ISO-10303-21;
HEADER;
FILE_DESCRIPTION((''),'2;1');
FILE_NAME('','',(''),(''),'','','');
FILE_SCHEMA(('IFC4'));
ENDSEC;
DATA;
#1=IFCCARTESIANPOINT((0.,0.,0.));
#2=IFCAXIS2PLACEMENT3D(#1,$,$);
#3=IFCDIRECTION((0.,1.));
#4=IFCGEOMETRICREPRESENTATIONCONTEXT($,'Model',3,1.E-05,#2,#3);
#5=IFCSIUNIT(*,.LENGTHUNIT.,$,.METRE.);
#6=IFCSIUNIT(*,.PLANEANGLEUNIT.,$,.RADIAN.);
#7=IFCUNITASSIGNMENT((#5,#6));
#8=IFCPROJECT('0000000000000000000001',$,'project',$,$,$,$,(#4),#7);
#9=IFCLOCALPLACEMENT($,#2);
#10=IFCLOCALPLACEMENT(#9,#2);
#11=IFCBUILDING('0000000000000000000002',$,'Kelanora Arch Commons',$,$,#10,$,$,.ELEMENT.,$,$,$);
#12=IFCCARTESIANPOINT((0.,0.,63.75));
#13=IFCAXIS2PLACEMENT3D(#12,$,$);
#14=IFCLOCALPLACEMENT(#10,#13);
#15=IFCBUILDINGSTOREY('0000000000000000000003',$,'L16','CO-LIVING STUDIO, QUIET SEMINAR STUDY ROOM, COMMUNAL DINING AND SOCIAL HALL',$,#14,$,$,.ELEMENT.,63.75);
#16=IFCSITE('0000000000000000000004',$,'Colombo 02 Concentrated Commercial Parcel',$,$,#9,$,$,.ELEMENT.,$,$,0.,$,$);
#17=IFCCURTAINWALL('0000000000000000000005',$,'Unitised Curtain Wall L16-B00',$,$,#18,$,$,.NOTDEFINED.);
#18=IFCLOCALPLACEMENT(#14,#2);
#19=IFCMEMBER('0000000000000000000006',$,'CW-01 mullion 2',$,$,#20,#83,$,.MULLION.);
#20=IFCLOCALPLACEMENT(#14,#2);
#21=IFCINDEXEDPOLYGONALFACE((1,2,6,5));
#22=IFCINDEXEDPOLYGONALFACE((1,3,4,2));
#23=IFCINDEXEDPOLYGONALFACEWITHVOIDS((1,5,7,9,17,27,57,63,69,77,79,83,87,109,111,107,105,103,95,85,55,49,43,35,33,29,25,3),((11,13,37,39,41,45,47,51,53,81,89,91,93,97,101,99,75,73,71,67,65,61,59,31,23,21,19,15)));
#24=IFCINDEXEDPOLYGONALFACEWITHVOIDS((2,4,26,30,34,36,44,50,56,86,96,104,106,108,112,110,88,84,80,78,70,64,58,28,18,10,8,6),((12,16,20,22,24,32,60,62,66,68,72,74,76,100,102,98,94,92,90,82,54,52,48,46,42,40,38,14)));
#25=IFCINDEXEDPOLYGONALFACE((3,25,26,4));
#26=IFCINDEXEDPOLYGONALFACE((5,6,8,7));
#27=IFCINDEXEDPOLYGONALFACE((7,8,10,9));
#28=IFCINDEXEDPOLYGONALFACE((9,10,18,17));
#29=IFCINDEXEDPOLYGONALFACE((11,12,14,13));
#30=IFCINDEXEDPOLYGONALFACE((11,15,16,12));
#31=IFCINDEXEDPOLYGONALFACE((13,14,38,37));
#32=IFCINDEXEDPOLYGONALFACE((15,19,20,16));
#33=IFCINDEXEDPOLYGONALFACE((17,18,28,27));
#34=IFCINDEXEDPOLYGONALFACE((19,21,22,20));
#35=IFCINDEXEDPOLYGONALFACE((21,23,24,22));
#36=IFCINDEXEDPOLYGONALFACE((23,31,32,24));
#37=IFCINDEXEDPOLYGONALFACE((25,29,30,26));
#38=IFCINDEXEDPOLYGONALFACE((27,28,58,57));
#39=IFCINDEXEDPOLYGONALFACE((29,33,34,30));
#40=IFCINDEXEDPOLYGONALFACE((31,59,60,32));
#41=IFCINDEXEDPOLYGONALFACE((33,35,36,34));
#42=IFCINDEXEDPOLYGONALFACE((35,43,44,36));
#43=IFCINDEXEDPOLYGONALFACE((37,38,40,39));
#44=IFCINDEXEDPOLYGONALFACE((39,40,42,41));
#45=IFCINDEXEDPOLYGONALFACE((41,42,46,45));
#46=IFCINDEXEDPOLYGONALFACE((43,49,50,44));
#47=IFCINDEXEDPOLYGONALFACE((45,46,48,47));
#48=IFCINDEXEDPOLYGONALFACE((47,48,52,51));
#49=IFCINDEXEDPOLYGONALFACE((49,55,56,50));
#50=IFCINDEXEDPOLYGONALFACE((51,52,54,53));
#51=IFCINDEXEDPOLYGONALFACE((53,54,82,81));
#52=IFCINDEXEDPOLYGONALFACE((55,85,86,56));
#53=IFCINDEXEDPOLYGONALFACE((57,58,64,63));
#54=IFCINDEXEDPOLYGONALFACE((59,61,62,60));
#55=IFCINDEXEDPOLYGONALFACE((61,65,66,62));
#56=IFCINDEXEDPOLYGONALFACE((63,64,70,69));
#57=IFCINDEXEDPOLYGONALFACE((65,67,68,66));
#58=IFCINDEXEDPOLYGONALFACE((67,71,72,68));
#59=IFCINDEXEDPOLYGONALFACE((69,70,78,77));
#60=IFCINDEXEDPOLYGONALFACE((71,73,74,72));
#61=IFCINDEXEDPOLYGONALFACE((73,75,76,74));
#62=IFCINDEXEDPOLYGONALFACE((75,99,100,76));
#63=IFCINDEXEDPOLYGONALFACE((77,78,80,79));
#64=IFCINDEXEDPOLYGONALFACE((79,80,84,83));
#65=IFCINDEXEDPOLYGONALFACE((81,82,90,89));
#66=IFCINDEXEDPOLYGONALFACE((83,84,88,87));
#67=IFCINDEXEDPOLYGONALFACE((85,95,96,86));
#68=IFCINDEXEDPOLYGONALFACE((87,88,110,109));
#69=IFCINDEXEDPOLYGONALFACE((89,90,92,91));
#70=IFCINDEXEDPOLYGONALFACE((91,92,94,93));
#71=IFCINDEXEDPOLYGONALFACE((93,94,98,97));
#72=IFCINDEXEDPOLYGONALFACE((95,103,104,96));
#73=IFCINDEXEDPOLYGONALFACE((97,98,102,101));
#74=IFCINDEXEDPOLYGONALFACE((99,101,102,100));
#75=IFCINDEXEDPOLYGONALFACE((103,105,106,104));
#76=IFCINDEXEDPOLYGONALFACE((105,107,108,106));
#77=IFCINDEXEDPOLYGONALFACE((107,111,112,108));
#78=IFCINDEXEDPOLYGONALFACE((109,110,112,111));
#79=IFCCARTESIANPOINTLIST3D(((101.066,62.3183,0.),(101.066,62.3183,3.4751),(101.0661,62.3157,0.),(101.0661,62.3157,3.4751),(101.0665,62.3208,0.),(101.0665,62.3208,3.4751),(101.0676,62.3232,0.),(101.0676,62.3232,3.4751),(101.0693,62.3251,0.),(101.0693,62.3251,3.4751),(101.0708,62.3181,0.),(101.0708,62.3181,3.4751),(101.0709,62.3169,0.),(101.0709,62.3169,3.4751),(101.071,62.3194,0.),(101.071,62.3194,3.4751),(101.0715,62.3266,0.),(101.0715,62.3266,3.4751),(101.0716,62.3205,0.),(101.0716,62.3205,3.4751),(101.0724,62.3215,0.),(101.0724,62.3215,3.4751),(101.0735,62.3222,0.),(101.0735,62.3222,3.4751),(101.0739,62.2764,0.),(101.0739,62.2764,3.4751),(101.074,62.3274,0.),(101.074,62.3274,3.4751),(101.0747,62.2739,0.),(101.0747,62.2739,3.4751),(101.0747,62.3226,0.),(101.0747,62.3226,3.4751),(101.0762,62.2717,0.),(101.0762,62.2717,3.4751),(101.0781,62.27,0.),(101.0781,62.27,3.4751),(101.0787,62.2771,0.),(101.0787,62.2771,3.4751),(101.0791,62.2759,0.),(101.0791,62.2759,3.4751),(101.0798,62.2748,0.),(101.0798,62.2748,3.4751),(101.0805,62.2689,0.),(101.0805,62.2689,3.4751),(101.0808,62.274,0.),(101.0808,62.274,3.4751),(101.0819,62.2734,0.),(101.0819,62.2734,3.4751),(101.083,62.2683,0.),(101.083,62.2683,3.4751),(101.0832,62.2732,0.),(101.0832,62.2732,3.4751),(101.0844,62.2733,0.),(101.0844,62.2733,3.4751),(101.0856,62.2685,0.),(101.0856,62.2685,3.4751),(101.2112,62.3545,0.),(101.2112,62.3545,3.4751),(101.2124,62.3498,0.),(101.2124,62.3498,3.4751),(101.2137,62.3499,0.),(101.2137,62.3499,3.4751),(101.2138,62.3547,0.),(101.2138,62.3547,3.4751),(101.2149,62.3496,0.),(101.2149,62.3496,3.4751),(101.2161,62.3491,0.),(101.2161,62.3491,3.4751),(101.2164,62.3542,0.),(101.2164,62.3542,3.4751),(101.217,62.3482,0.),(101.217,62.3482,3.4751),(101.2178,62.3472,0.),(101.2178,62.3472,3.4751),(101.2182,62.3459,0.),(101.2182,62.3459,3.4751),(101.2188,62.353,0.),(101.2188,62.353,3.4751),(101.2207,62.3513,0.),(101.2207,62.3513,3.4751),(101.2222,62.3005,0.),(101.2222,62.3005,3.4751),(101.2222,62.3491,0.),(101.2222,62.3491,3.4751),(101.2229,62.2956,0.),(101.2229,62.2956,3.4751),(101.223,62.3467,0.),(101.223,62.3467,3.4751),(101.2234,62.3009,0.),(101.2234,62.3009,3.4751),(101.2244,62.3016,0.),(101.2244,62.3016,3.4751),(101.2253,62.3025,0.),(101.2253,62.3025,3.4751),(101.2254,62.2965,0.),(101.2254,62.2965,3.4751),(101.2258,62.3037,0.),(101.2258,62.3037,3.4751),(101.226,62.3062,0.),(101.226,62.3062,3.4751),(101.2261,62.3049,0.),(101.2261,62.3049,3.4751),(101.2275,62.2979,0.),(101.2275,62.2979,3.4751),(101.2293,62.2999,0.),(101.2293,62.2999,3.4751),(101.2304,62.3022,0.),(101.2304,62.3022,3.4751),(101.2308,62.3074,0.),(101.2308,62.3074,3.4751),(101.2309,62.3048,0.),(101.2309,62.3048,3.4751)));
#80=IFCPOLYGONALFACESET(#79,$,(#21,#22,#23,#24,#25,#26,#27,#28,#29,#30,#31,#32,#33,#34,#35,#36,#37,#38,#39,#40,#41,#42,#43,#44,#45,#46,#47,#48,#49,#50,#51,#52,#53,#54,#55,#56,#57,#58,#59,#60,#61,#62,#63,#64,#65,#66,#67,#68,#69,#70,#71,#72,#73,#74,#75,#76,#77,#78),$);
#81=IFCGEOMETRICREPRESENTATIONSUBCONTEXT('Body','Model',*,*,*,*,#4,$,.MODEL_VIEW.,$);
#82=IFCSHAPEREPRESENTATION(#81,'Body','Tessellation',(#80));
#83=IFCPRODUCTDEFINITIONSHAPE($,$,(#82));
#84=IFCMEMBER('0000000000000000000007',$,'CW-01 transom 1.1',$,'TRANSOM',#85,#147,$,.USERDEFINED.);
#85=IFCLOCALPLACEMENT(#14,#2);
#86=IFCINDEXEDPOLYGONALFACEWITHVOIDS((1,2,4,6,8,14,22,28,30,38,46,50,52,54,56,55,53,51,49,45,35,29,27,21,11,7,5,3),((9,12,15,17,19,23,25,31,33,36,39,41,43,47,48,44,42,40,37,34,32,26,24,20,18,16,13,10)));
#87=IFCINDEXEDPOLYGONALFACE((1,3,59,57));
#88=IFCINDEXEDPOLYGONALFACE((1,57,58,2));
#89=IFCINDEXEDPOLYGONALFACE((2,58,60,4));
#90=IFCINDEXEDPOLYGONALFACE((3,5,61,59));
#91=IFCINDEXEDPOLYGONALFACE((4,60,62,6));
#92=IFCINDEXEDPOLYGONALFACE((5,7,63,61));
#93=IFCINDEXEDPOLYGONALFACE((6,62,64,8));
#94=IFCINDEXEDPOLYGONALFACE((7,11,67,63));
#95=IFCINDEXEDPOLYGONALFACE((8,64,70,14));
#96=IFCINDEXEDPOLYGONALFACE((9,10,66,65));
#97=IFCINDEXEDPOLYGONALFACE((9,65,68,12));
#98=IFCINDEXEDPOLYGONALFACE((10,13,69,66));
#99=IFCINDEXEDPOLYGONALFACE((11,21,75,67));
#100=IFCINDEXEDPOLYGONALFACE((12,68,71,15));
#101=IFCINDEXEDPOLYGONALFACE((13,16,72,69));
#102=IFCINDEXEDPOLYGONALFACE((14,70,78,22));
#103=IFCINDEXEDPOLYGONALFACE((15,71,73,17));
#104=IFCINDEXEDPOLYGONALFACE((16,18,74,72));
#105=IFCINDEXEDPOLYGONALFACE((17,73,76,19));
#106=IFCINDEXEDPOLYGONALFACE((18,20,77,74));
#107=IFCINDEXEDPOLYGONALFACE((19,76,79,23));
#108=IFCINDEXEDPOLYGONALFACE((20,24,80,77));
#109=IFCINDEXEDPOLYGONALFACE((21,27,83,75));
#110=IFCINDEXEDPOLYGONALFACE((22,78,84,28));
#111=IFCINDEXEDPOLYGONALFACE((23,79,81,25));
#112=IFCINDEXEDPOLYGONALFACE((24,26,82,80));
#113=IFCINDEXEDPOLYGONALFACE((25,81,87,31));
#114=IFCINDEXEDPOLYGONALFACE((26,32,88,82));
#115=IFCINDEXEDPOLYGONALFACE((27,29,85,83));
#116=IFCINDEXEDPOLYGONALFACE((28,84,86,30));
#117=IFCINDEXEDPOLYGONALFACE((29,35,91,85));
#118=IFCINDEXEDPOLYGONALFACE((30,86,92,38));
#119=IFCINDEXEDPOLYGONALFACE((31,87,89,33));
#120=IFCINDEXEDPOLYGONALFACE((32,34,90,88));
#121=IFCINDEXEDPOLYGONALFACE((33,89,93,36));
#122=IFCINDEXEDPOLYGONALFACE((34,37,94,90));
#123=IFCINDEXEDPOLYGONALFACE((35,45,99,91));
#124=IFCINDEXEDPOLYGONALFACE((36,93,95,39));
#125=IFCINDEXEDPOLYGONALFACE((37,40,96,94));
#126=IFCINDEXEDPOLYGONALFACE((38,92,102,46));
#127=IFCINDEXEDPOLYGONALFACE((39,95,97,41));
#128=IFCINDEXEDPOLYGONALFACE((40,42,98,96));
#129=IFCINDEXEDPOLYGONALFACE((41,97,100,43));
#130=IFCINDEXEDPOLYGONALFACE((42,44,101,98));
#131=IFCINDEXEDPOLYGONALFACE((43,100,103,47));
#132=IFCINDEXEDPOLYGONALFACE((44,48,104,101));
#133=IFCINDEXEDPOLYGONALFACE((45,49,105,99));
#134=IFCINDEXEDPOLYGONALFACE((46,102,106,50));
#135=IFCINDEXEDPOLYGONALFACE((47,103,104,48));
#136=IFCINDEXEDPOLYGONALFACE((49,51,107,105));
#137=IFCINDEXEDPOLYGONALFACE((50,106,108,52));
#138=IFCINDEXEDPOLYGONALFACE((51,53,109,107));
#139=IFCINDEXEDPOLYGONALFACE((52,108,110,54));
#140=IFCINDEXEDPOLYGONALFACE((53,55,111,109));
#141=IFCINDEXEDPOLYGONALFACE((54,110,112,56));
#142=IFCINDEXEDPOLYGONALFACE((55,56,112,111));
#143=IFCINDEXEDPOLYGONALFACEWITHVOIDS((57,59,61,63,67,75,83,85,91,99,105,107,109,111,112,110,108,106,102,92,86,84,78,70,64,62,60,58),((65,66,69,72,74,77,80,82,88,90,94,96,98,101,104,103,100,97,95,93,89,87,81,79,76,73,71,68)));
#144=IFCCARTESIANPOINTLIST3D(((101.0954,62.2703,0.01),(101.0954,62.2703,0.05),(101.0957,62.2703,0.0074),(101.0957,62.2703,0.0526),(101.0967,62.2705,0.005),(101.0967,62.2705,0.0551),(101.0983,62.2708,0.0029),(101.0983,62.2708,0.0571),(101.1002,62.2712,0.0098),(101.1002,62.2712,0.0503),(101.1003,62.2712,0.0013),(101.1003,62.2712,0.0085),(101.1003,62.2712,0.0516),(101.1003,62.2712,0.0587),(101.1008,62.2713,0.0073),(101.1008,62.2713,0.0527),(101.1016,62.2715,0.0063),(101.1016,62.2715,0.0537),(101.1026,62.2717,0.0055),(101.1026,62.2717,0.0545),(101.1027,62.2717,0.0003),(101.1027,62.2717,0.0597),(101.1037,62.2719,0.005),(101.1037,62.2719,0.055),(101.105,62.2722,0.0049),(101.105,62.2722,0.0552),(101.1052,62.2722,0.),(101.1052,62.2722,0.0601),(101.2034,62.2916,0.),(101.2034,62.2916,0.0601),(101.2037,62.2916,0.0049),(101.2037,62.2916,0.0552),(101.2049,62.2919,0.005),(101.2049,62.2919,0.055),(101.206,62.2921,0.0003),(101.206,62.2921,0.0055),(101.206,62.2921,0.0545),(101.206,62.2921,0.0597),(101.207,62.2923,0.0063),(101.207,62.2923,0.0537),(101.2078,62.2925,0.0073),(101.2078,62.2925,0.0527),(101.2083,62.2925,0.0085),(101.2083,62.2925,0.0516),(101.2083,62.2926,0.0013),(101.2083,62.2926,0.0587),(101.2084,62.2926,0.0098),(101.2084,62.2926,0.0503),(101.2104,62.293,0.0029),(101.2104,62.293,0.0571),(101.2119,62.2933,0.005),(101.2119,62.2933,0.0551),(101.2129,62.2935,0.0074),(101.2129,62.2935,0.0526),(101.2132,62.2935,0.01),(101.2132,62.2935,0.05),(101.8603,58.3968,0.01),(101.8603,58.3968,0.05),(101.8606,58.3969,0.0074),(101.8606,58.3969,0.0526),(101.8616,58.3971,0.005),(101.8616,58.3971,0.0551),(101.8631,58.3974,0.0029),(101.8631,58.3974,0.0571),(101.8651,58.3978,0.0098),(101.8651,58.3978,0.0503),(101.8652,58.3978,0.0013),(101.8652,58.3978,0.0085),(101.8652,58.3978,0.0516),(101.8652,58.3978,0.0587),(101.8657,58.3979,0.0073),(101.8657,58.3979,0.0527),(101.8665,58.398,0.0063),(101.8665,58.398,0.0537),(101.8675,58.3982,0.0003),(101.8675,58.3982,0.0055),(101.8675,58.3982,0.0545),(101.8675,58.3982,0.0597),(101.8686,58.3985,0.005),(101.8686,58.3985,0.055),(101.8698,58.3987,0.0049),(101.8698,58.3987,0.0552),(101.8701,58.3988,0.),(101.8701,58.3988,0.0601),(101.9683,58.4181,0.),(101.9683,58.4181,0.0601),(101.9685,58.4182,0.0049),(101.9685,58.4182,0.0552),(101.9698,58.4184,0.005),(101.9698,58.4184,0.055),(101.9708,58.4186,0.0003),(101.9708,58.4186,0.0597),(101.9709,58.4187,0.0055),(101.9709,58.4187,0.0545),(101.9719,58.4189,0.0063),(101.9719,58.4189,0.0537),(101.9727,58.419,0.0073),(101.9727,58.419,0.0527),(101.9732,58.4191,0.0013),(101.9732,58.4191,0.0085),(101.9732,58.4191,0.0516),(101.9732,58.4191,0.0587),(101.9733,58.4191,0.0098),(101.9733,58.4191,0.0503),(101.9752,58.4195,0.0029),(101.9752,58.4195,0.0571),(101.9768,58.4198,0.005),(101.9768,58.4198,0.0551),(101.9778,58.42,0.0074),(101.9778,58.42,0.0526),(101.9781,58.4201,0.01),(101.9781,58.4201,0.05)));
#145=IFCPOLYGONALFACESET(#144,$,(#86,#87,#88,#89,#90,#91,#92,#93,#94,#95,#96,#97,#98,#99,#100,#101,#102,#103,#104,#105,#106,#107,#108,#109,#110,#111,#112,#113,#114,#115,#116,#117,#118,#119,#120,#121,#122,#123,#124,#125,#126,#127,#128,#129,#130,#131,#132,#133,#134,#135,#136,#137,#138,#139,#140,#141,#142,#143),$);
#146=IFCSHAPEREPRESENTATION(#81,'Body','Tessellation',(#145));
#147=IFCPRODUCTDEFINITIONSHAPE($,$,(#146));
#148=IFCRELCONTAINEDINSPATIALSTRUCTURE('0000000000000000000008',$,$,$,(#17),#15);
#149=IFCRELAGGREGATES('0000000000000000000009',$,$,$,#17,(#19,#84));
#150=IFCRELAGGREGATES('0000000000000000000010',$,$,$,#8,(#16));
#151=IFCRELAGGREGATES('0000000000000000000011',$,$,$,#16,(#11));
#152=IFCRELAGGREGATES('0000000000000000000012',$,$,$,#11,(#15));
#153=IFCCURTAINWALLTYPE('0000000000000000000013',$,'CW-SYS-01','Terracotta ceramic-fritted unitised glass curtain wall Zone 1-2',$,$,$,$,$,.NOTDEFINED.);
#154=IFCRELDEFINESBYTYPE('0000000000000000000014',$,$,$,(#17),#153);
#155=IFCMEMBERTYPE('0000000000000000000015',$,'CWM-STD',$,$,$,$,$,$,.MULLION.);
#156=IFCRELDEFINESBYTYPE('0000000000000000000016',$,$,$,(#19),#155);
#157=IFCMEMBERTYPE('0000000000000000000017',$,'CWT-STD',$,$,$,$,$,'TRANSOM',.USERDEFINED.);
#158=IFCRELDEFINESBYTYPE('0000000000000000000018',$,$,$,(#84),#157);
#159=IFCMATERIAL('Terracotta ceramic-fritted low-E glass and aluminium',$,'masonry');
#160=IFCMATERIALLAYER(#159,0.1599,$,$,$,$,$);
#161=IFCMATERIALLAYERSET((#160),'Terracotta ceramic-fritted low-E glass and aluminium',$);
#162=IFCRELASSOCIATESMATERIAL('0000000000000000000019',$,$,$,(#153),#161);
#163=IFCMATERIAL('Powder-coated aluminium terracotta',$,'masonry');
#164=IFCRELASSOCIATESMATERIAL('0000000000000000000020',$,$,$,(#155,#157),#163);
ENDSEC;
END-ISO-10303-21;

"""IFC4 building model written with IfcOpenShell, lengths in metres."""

from ifc_helpers import new_model, si_unit, direction, frame, origin, origin_2d, place, context, subcontext, project, spatial, hollow_rectangle, extrude, material, layer, layer_set, material_profile, profile_set, type_object, element, aggregate, save


model = new_model("IFC4")

# Units and contexts
model_context = context("Model", 3, precision=1e-05, world=origin(), true_north=direction((0.0, 1.0)))
body_context = subcontext(model_context, "Body", "Model", "MODEL_VIEW")
ifc_project = project(units=[si_unit("LENGTHUNIT", "METRE"), si_unit("PLANEANGLEUNIT", "RADIAN")], contexts=[model_context])

# Site, building, storey
site_placement = place(None, origin())
site = spatial("IfcSite", under=ifc_project, at=site_placement, Name="Colombo 02 Concentrated Commercial Parcel", CompositionType="ELEMENT", RefElevation=0.0)
building_placement = place(site_placement, origin())
building = spatial("IfcBuilding", under=site, at=building_placement, Name="Kelanora Arch Commons", CompositionType="ELEMENT")
storey_placement = place(building_placement, frame((0.0, 0.0, 63.75)))
storey = spatial("IfcBuildingStorey", under=building, at=storey_placement, Name="L16", Description="CO-LIVING STUDIO, QUIET SEMINAR STUDY ROOM, COMMUNAL DINING AND SOCIAL HALL", CompositionType="ELEMENT", Elevation=63.75)

# Curtain wall, members
ifc_material_1 = material(Name="Terracotta ceramic-fritted low-E glass and aluminium", Category="masonry")
ifc_layer_1 = layer(ifc_material_1, 0.1599)
ifc_layer_set_1 = layer_set([ifc_layer_1], Name="Terracotta ceramic-fritted low-E glass and aluminium")
curtain_wall_type = type_object("IfcCurtainWallType", Name="CW-SYS-01", Description="Terracotta ceramic-fritted unitised glass curtain wall Zone 1-2", PredefinedType="NOTDEFINED", material=ifc_layer_set_1)
curtain_wall_placement = place(storey_placement, origin())
curtain_wall = element("IfcCurtainWall", 1, at=curtain_wall_placement, inside=storey, type_object=curtain_wall_type, Name="Unitised Curtain Wall L16-B00", PredefinedType="NOTDEFINED")
ifc_material_2 = material(Name="Powder-coated aluminium terracotta", Category="masonry")
ifc_material_profile_1 = material_profile(ifc_material_2, hollow_rectangle(XDim=0.1599, YDim=0.0601, WallThickness=0.0049, InnerFilletRadius=0.0049, OuterFilletRadius=0.01, at=origin_2d()), Name="CWM160x60")
ifc_profile_set_1 = profile_set([ifc_material_profile_1], Name="Powder-coated aluminium terracotta")
member_type_1 = type_object("IfcMemberType", Name="CWM-STD", PredefinedType="MULLION", material=ifc_profile_set_1)
member_1_placement = place(storey_placement, frame((101.1484, 62.3115, 0.0), z_axis=(0.0, 0.0, 1.0), x_axis=(-0.981052, -0.193744, 0.0)))
member_1 = element("IfcMember", 2, at=member_1_placement, type_object=member_type_1, Name="CW-01 mullion 2", PredefinedType="MULLION", context=body_context, shape_type="SweptSolid", body=[
    extrude(hollow_rectangle(XDim=0.1599, YDim=0.0601, WallThickness=0.0049, InnerFilletRadius=0.0049, OuterFilletRadius=0.01, at=origin_2d()), origin(), (0.0, 0.0, 1.0), 3.4751),
])
ifc_material_profile_2 = material_profile(ifc_material_2, hollow_rectangle(XDim=0.1201, YDim=0.0601, WallThickness=0.0049, InnerFilletRadius=0.0049, OuterFilletRadius=0.01, at=origin_2d()), Name="CWT120x60")
ifc_profile_set_2 = profile_set([ifc_material_profile_2], Name="Powder-coated aluminium terracotta")
member_type_2 = type_object("IfcMemberType", Name="CWT-STD", ElementType="TRANSOM", PredefinedType="USERDEFINED", material=ifc_profile_set_2)
member_2_placement = place(storey_placement, frame((101.9192, 58.4084, 0.03), z_axis=(-0.193725, 0.981056, 0.0), x_axis=(-0.981056, -0.193725, 0.0)))
member_2 = element("IfcMember", 3, at=member_2_placement, type_object=member_type_2, Name="CW-01 transom 1.1", ObjectType="TRANSOM", PredefinedType="USERDEFINED", context=body_context, shape_type="SweptSolid", body=[
    extrude(hollow_rectangle(XDim=0.1201, YDim=0.0601, WallThickness=0.0049, InnerFilletRadius=0.0049, OuterFilletRadius=0.01, at=origin_2d()), origin(), (0.0, 0.0, 1.0), 3.9482),
])
aggregate(curtain_wall, [member_1, member_2])

save(model, "model.ifc")
